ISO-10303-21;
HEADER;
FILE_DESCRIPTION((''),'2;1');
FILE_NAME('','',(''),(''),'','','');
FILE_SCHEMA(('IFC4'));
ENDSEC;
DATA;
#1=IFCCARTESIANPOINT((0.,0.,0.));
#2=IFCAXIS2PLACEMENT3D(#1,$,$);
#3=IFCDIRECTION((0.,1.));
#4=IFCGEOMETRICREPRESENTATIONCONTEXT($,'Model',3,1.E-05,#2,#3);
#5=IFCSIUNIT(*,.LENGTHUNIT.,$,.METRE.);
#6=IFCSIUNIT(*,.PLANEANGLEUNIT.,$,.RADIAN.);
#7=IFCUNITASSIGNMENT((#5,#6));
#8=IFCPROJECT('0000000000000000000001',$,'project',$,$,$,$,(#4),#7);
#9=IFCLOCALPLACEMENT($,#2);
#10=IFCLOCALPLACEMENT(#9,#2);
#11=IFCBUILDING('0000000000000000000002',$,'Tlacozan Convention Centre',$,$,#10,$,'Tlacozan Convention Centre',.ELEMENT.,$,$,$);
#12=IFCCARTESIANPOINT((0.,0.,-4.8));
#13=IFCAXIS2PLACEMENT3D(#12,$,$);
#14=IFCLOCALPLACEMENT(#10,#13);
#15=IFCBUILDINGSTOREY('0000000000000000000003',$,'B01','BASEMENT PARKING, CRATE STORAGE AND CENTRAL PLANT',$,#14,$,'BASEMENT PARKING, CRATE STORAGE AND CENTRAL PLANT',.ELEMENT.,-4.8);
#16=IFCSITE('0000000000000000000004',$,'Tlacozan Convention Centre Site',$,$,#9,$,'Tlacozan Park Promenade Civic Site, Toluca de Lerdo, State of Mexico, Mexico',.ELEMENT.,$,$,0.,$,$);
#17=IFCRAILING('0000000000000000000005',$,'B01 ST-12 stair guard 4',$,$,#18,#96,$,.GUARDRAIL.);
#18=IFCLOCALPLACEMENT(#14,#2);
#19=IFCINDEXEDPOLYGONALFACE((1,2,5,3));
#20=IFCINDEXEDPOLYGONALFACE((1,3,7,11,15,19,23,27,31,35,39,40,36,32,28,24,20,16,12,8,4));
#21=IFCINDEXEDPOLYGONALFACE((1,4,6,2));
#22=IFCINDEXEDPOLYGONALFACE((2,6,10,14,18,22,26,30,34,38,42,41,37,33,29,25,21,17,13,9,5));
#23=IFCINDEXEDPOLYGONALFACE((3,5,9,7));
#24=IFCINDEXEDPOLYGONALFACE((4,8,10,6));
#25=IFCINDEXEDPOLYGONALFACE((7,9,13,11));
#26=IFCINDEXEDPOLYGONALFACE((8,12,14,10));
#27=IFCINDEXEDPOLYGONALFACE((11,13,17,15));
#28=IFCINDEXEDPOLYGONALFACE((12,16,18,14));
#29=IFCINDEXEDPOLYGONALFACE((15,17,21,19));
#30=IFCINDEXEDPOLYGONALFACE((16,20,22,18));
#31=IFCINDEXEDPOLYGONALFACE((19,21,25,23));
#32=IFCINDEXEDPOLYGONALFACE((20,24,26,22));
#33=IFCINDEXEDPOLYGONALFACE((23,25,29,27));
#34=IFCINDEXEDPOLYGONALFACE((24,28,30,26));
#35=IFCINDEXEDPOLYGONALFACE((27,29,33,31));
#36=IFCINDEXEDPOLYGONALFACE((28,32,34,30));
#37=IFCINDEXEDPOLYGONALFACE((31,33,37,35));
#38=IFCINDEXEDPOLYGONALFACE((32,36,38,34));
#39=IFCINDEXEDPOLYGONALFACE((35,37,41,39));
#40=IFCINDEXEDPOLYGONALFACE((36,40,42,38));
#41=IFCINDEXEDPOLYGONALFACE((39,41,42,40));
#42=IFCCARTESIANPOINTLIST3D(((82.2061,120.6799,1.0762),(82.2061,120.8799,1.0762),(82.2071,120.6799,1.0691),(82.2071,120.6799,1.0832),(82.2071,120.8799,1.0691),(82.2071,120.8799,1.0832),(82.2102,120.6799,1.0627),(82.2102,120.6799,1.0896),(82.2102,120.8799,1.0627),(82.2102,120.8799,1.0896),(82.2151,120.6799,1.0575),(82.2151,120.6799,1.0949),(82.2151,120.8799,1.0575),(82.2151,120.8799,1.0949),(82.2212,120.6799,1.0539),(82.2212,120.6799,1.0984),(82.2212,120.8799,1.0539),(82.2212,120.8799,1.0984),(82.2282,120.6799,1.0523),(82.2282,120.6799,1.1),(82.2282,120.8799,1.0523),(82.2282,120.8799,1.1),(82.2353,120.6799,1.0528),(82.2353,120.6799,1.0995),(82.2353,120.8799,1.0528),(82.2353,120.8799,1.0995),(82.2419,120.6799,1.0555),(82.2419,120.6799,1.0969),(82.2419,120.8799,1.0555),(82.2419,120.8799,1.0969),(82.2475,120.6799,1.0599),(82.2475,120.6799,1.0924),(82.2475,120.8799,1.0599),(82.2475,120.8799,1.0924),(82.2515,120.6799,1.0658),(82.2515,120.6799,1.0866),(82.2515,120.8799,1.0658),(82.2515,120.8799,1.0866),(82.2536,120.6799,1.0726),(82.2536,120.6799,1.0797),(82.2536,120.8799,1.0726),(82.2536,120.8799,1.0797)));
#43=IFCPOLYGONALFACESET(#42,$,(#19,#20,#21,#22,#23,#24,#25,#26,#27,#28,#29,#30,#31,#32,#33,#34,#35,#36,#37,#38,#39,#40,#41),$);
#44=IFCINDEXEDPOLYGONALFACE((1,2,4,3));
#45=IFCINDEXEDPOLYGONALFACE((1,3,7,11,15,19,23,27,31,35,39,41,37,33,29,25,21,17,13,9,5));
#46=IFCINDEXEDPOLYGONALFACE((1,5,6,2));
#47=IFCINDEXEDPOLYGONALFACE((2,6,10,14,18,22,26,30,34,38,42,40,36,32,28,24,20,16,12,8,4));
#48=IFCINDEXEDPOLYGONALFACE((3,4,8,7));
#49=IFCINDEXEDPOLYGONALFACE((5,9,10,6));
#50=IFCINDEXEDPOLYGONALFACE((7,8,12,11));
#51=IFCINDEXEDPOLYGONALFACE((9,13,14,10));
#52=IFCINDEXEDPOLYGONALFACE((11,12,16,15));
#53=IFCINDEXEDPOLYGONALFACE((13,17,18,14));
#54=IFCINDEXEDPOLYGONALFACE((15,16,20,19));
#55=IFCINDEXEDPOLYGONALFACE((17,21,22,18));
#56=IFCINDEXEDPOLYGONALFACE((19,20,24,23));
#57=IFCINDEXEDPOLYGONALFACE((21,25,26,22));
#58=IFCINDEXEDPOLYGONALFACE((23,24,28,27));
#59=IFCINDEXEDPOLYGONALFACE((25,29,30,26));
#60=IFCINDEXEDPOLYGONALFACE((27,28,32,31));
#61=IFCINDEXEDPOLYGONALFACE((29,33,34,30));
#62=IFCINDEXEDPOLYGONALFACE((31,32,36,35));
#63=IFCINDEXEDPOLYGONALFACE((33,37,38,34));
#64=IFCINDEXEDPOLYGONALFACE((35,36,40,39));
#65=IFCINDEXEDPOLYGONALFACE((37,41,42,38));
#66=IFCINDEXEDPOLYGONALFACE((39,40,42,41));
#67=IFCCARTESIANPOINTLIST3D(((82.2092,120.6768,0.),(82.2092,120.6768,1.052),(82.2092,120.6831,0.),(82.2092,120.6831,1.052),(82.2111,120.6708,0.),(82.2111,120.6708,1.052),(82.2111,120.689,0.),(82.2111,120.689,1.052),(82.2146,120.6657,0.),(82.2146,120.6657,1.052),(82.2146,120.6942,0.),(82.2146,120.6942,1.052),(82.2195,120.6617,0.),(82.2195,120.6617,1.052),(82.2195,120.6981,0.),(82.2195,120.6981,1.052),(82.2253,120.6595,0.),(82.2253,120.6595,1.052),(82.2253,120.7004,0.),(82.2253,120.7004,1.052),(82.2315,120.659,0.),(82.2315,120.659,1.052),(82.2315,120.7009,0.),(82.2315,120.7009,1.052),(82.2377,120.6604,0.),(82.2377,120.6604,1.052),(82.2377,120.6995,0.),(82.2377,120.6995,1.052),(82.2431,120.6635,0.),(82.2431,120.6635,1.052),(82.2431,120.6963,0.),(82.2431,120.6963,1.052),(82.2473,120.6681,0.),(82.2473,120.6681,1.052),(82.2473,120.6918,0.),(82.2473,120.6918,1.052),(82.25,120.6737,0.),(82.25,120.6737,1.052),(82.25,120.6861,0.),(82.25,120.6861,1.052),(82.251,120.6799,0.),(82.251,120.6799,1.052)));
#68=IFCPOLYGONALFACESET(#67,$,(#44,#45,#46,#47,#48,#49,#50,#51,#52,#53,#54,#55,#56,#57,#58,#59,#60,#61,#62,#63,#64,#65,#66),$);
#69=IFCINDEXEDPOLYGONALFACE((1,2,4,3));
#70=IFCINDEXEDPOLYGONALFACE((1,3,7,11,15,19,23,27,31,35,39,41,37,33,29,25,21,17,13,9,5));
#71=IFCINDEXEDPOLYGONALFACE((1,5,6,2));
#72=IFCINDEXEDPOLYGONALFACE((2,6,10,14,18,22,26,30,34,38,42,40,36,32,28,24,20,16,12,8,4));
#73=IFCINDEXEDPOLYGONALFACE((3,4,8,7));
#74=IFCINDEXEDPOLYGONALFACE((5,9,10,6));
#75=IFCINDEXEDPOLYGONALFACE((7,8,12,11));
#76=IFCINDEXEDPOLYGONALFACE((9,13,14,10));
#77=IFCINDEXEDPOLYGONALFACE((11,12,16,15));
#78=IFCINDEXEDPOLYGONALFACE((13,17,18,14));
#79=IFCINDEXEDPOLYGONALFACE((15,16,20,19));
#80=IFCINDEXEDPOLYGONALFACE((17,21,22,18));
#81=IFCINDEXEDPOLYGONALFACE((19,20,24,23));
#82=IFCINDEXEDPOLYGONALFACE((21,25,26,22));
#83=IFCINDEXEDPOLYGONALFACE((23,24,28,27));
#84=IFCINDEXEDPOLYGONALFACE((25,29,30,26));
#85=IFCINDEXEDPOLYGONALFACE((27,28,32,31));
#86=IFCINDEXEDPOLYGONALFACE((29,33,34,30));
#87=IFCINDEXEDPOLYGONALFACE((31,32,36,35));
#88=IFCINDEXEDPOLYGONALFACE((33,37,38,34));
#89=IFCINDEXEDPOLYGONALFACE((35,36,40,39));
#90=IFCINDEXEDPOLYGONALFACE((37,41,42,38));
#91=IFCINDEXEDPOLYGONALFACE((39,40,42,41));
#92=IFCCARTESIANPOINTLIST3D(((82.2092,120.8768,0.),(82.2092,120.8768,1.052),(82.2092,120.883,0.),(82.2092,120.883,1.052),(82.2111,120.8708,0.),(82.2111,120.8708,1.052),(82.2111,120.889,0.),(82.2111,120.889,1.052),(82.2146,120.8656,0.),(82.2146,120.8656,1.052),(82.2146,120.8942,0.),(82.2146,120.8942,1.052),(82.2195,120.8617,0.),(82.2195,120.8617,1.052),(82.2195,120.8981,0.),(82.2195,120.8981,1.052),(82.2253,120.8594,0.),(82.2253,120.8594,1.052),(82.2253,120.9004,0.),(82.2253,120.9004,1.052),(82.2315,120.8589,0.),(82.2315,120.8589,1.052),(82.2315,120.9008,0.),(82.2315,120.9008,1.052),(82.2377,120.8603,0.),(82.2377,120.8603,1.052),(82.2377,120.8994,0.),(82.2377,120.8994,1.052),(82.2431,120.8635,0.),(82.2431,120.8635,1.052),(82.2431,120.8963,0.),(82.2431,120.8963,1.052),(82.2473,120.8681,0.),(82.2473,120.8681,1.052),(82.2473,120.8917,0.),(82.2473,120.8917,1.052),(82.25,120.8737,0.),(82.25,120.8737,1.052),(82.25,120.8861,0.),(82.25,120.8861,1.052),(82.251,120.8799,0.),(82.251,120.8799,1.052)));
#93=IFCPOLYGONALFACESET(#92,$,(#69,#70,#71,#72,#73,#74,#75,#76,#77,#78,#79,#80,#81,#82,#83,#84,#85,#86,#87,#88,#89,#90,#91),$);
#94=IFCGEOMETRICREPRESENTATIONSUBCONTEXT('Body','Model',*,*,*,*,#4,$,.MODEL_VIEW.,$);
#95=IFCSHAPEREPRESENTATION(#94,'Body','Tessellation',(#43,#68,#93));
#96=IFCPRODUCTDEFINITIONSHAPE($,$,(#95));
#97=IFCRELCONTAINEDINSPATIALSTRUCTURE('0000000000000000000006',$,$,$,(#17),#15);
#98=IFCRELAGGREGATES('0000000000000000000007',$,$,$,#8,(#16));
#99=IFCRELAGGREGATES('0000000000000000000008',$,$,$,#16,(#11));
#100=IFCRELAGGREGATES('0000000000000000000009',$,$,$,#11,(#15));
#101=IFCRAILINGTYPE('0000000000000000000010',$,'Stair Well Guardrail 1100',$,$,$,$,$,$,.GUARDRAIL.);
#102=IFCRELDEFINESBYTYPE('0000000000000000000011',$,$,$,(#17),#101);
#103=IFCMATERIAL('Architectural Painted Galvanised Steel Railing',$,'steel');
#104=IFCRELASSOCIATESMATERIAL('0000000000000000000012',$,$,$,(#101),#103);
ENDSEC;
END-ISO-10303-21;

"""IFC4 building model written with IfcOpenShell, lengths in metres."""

from ifc_helpers import new_model, si_unit, direction, frame, origin, origin_2d, place, context, subcontext, project, spatial, circle, extrude, material, type_object, element, save


model = new_model("IFC4")

# Units and contexts
model_context = context("Model", 3, precision=1e-05, world=origin(), true_north=direction((0.0, 1.0)))
body_context = subcontext(model_context, "Body", "Model", "MODEL_VIEW")
ifc_project = project(units=[si_unit("LENGTHUNIT", "METRE"), si_unit("PLANEANGLEUNIT", "RADIAN")], contexts=[model_context])

# Site, building, storey
site_placement = place(None, origin())
site = spatial("IfcSite", under=ifc_project, at=site_placement, Name="Tlacozan Convention Centre Site", LongName="Tlacozan Park Promenade Civic Site, Toluca de Lerdo, State of Mexico, Mexico", CompositionType="ELEMENT", RefElevation=0.0)
building_placement = place(site_placement, origin())
building = spatial("IfcBuilding", under=site, at=building_placement, Name="Tlacozan Convention Centre", LongName="Tlacozan Convention Centre", CompositionType="ELEMENT")
storey_placement = place(building_placement, frame((0.0, 0.0, -4.8)))
storey = spatial("IfcBuildingStorey", under=building, at=storey_placement, Name="B01", Description="BASEMENT PARKING, CRATE STORAGE AND CENTRAL PLANT", LongName="BASEMENT PARKING, CRATE STORAGE AND CENTRAL PLANT", CompositionType="ELEMENT", Elevation=-4.8)

# Railing
ifc_material_1 = material(Name="Architectural Painted Galvanised Steel Railing", Category="steel")
railing_type_1 = type_object("IfcRailingType", Name="Stair Well Guardrail 1100", PredefinedType="GUARDRAIL", material=ifc_material_1)
railing_1_placement = place(storey_placement, frame((82.23, 120.6799, 0.0)))
element("IfcRailing", 1, at=railing_1_placement, inside=storey, type_object=railing_type_1, Name="B01 ST-12 stair guard 4", PredefinedType="GUARDRAIL", context=body_context, shape_type="SweptSolid", body=[
    extrude(circle(Radius=0.0239, at=origin_2d()), frame((0.0, 0.0, 1.0762), z_axis=(0.0, 1.0, 0.0), x_axis=(-1.0, 0.0, 0.0)), (0.0, 0.0, 1.0), 0.2),
    extrude(circle(Radius=0.021, at=origin_2d()), origin(), (0.0, 0.0, 1.0), 1.052),
    extrude(circle(Radius=0.021, at=origin_2d()), frame((0.0, 0.2, 0.0)), (0.0, 0.0, 1.0), 1.052),
])

save(model, "model.ifc")
